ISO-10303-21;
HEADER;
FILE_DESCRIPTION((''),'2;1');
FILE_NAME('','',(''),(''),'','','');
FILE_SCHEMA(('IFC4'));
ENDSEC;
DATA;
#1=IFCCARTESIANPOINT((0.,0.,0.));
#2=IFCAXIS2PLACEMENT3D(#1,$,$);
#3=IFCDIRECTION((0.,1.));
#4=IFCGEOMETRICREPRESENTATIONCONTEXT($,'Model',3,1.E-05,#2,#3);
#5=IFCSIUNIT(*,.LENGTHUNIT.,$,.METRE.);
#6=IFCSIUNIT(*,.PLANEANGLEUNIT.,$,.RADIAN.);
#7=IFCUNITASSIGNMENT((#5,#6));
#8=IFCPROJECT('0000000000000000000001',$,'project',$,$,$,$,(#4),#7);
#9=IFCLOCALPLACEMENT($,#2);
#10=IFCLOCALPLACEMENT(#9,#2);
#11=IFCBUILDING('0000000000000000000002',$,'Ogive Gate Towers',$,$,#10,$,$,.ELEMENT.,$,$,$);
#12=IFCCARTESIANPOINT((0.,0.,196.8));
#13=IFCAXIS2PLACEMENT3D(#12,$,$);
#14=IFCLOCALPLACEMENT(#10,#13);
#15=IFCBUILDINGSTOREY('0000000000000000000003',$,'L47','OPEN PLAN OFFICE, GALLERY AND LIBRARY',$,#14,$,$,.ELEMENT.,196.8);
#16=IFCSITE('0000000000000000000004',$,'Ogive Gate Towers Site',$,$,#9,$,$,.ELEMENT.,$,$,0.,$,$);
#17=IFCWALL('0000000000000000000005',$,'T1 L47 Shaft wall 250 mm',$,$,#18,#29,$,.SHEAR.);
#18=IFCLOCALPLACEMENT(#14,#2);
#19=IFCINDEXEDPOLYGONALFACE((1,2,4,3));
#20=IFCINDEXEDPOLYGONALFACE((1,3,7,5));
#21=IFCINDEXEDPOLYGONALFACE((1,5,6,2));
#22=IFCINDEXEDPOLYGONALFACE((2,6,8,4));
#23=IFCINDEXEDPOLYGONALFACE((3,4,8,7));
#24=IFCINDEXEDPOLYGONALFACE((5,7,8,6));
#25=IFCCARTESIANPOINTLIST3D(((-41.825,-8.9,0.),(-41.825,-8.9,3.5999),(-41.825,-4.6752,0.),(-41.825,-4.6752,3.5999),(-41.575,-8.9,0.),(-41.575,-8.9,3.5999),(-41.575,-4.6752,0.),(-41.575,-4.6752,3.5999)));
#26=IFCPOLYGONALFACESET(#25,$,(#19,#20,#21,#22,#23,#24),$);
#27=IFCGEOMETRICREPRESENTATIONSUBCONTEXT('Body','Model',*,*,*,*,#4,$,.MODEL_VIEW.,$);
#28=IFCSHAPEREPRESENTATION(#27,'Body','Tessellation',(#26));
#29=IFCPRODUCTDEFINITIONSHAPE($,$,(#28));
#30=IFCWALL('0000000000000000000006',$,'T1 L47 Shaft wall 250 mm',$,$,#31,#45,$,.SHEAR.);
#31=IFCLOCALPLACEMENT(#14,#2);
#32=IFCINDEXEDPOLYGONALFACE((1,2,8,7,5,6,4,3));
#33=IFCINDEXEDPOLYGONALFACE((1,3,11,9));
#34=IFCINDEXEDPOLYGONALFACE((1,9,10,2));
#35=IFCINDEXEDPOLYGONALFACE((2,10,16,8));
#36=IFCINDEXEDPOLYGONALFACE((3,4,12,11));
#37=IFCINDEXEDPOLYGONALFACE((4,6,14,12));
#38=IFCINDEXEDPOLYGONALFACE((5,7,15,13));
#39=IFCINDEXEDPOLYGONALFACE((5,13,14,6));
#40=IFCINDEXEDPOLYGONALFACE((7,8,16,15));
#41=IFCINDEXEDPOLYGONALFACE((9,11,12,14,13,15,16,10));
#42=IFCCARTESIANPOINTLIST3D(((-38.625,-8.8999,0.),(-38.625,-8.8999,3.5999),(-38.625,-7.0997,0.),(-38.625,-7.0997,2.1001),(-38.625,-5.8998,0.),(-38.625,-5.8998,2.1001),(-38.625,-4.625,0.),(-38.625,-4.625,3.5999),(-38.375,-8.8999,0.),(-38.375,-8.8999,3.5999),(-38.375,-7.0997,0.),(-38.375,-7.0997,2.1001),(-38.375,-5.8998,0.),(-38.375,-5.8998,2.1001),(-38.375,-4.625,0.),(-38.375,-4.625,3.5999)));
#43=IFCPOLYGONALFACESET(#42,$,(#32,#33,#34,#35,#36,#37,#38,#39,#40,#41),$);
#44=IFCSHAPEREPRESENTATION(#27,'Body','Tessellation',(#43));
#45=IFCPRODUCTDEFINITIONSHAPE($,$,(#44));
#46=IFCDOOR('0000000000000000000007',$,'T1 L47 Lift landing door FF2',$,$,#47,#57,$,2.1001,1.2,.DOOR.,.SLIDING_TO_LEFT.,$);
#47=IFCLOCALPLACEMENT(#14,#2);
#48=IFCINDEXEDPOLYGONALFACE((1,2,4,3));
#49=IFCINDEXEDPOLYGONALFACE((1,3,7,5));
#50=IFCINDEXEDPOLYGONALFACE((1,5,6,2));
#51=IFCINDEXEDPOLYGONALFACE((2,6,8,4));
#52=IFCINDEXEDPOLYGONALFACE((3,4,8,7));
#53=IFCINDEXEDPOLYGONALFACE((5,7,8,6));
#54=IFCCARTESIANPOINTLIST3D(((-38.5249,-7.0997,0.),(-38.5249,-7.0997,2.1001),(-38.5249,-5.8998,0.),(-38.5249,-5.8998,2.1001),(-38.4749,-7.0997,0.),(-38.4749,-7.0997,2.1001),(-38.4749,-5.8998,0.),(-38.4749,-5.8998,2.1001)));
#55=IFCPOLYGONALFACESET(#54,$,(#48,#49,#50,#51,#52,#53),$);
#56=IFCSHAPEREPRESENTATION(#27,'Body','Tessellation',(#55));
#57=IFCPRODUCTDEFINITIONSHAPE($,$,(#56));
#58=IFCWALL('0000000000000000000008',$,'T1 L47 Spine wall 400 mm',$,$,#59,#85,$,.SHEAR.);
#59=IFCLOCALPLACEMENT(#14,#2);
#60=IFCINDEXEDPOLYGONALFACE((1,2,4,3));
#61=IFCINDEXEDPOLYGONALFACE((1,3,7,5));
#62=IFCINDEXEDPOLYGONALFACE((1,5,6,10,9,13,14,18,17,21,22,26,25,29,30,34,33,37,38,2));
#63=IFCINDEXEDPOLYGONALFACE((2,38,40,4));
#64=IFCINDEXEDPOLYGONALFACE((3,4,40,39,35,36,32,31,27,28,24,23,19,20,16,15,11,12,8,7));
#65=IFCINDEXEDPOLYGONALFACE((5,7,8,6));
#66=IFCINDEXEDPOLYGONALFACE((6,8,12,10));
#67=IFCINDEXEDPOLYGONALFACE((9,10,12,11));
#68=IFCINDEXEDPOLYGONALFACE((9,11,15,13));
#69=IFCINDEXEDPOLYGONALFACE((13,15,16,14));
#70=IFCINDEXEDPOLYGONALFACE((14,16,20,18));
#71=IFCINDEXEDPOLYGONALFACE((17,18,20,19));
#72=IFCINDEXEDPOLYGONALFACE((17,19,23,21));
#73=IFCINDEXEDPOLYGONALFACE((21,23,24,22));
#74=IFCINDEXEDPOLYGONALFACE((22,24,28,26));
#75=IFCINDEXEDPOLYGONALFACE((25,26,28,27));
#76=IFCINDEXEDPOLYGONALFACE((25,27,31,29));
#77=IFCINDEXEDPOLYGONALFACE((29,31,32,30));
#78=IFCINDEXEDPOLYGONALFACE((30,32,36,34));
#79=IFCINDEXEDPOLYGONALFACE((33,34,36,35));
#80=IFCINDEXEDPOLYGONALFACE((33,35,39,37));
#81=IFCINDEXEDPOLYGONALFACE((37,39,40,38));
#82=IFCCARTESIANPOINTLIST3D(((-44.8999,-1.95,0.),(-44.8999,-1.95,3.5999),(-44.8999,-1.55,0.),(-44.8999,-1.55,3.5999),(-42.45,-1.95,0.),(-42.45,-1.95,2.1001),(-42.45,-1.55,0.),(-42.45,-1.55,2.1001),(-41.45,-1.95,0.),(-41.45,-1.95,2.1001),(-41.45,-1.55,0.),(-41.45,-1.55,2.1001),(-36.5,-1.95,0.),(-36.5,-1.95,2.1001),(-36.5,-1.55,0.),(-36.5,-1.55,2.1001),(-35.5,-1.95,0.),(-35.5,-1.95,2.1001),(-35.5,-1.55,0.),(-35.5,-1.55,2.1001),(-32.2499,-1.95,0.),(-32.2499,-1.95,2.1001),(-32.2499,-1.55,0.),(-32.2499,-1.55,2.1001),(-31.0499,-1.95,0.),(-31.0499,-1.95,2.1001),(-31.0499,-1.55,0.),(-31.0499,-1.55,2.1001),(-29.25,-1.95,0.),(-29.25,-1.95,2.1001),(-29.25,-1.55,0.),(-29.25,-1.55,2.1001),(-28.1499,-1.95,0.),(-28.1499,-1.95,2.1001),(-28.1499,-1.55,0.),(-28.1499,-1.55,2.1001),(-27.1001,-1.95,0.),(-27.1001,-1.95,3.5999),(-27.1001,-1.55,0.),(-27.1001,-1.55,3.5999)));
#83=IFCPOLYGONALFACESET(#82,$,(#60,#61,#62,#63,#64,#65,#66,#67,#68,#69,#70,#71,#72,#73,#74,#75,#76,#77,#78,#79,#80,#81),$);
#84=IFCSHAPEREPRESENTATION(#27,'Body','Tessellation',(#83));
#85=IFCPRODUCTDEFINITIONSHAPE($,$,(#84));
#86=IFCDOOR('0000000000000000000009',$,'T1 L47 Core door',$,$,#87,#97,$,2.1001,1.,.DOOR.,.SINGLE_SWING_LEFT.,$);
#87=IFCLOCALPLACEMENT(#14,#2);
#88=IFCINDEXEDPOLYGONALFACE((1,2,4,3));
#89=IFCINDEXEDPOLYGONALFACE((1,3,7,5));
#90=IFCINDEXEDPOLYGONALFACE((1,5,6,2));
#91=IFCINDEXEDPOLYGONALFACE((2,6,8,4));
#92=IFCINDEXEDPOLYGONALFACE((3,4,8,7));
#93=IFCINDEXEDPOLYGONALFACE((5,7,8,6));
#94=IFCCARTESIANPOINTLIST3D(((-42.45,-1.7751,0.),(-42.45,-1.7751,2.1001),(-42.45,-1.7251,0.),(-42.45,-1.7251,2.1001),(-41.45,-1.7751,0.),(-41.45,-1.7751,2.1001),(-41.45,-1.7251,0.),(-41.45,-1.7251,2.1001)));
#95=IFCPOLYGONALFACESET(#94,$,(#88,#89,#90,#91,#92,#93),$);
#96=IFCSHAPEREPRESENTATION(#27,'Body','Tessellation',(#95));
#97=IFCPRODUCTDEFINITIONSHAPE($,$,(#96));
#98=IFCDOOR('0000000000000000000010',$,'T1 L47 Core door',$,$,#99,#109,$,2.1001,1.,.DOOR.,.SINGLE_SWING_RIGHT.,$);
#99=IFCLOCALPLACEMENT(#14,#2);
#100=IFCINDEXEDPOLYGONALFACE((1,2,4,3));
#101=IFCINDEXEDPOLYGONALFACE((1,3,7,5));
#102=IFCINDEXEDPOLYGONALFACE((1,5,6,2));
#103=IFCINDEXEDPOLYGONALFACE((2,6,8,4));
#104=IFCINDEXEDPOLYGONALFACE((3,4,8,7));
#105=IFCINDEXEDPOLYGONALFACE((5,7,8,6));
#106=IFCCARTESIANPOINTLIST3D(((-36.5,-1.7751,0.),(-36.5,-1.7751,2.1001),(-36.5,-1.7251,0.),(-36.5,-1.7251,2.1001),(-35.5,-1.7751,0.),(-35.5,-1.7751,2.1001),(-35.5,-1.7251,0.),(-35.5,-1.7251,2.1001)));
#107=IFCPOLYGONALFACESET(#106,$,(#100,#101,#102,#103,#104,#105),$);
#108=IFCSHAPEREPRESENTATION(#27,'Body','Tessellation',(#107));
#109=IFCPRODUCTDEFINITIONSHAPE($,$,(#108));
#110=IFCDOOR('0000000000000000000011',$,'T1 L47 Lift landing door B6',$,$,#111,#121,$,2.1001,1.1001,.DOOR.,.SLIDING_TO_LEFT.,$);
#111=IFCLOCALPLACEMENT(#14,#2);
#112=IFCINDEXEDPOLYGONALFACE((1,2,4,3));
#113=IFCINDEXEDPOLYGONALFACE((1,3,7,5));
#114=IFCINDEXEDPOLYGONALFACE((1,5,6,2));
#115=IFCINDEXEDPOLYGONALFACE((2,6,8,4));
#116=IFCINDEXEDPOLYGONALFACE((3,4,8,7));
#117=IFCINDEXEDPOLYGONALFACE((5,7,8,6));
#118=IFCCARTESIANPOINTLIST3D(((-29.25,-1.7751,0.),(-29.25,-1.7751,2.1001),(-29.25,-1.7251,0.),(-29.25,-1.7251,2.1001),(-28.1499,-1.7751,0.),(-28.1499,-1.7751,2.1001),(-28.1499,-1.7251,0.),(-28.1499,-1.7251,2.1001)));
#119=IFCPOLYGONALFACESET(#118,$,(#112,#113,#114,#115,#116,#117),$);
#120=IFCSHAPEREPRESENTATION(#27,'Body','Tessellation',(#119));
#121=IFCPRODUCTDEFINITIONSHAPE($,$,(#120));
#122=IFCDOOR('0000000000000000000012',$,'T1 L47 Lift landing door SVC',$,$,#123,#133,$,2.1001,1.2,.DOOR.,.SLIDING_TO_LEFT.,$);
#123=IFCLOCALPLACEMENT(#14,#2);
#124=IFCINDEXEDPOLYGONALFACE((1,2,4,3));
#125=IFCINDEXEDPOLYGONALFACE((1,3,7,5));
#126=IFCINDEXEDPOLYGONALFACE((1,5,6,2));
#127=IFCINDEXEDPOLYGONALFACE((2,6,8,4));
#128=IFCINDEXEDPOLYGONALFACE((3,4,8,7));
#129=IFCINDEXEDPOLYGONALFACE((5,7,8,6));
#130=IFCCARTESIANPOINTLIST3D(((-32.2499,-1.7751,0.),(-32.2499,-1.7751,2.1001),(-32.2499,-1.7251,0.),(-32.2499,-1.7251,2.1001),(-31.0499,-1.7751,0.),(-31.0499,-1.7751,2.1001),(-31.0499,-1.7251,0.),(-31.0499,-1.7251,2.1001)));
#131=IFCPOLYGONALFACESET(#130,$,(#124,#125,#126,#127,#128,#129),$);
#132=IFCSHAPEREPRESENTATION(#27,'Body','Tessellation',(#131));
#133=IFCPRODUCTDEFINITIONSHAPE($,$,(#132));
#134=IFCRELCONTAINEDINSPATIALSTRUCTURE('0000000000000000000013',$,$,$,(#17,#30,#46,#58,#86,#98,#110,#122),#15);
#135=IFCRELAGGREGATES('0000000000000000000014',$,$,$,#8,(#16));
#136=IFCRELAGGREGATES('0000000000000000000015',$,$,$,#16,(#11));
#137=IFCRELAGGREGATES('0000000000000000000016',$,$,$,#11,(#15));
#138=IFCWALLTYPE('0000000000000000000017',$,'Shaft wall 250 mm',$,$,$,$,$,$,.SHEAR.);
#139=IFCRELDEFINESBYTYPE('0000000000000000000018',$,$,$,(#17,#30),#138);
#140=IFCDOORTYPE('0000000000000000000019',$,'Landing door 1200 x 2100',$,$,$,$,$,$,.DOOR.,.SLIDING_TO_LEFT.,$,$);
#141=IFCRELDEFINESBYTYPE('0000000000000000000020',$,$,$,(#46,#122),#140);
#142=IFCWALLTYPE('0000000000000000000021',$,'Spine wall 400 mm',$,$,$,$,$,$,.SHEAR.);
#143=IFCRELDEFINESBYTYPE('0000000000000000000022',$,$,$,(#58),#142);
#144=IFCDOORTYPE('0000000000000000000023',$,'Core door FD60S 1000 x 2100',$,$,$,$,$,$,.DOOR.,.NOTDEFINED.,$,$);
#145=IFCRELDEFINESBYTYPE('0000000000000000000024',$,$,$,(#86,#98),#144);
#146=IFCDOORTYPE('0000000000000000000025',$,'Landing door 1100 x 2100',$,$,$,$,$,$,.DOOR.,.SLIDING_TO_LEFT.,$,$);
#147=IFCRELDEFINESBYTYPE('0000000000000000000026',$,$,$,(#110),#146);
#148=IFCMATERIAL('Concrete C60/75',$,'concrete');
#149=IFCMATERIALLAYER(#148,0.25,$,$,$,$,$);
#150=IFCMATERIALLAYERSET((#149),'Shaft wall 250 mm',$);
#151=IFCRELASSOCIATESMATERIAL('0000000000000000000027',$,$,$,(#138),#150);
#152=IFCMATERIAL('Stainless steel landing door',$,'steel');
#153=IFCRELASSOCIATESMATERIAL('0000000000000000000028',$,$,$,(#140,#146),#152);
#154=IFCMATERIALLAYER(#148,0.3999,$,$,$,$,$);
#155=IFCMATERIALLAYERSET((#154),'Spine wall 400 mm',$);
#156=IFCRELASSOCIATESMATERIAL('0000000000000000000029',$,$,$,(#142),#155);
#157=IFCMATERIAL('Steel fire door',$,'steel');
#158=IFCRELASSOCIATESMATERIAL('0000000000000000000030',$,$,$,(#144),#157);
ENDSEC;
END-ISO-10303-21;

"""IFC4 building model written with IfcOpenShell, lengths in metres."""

from ifc_helpers import new_model, si_unit, direction, frame, frame_2d, origin, place, context, subcontext, project, spatial, rectangle, extrude, material, layer, layer_set, type_object, element, fill, save


model = new_model("IFC4")

# Units and contexts
model_context = context("Model", 3, precision=1e-05, world=origin(), true_north=direction((0.0, 1.0)))
body_context = subcontext(model_context, "Body", "Model", "MODEL_VIEW")
ifc_project = project(units=[si_unit("LENGTHUNIT", "METRE"), si_unit("PLANEANGLEUNIT", "RADIAN")], contexts=[model_context])

# Site, building, storey
site_placement = place(None, origin())
site = spatial("IfcSite", under=ifc_project, at=site_placement, Name="Ogive Gate Towers Site", CompositionType="ELEMENT", RefElevation=0.0)
building_placement = place(site_placement, origin())
building = spatial("IfcBuilding", under=site, at=building_placement, Name="Ogive Gate Towers", CompositionType="ELEMENT")
storey_placement = place(building_placement, frame((0.0, 0.0, 196.8)))
storey = spatial("IfcBuildingStorey", under=building, at=storey_placement, Name="L47", Description="OPEN PLAN OFFICE, GALLERY AND LIBRARY", CompositionType="ELEMENT", Elevation=196.8)

# Wall
ifc_material_1 = material(Name="Concrete C60/75", Category="concrete")
ifc_layer_1 = layer(ifc_material_1, 0.25)
ifc_layer_set_1 = layer_set([ifc_layer_1], Name="Shaft wall 250 mm")
wall_type_1 = type_object("IfcWallType", Name="Shaft wall 250 mm", PredefinedType="SHEAR", material=ifc_layer_set_1)
wall_1_placement = place(storey_placement, frame((-41.7, -8.8999, 0.0), z_axis=(0.0, 0.0, 1.0), x_axis=(0.0, 1.0, 0.0)))
element("IfcWall", 1, at=wall_1_placement, inside=storey, type_object=wall_type_1, Name="T1 L47 Shaft wall 250 mm", PredefinedType="SHEAR", context=body_context, shape_type="SweptSolid", body=[
    extrude(rectangle(XDim=4.2249, YDim=0.25, at=frame_2d((2.1123, 0.0))), origin(), (0.0, 0.0, 1.0), 3.5999),
])

# Wall, opening, door
wall_2_placement = place(storey_placement, frame((-38.5, -8.8999, 0.0), z_axis=(0.0, 0.0, 1.0), x_axis=(0.0, 1.0, 0.0)))
wall_2 = element("IfcWall", 2, at=wall_2_placement, inside=storey, type_object=wall_type_1, Name="T1 L47 Shaft wall 250 mm", PredefinedType="SHEAR", context=body_context, shape_type="SweptSolid", body=[
    extrude(rectangle(XDim=4.2749, YDim=0.25, at=frame_2d((2.1375, 0.0))), origin(), (0.0, 0.0, 1.0), 3.5999),
])
opening_1_placement = place(wall_2_placement, frame((1.8, 0.0, 0.0)))
opening_1 = element("IfcOpeningElement", 3, at=opening_1_placement, cuts=wall_2, PredefinedType="OPENING", context=body_context, shape_type="SweptSolid", body=[
    extrude(rectangle(XDim=1.2, YDim=2.1001, at=frame_2d((0.6001, 1.05))), frame((0.0, 0.135, 0.0), z_axis=(0.0, -1.0, 0.0), x_axis=(1.0, 0.0, 0.0)), (0.0, 0.0, 1.0), 0.27),
])
ifc_material_2 = material(Name="Stainless steel landing door", Category="steel")
door_type_1 = type_object("IfcDoorType", Name="Landing door 1200 x 2100", OperationType="SLIDING_TO_LEFT", PredefinedType="DOOR", material=ifc_material_2)
door_1_placement = place(opening_1_placement, origin())
door_1 = element("IfcDoor", 4, at=door_1_placement, inside=storey, type_object=door_type_1, Name="T1 L47 Lift landing door FF2", OperationType="SLIDING_TO_LEFT", OverallHeight=2.1001, OverallWidth=1.2, PredefinedType="DOOR", context=body_context, shape_type="SweptSolid", body=[
    extrude(rectangle(XDim=1.2, YDim=2.1001, at=frame_2d((0.6001, 1.05))), frame((0.0, 0.0249, 0.0), z_axis=(0.0, -1.0, 0.0), x_axis=(1.0, 0.0, 0.0)), (0.0, 0.0, 1.0), 0.05),
])
fill(opening_1, door_1)

# Wall, openings, doors
ifc_layer_2 = layer(ifc_material_1, 0.3999)
ifc_layer_set_2 = layer_set([ifc_layer_2], Name="Spine wall 400 mm")
wall_type_2 = type_object("IfcWallType", Name="Spine wall 400 mm", PredefinedType="SHEAR", material=ifc_layer_set_2)
wall_3_placement = place(storey_placement, frame((-44.8999, -1.75, 0.0), z_axis=(0.0, 0.0, 1.0), x_axis=(1.0, 0.0, 0.0)))
wall_3 = element("IfcWall", 5, at=wall_3_placement, inside=storey, type_object=wall_type_2, Name="T1 L47 Spine wall 400 mm", PredefinedType="SHEAR", context=body_context, shape_type="SweptSolid", body=[
    extrude(rectangle(XDim=17.7998, YDim=0.3999, at=frame_2d((8.8999, 0.0))), origin(), (0.0, 0.0, 1.0), 3.5999),
])
opening_2_placement = place(wall_3_placement, frame((12.6499, 0.0, 0.0)))
opening_2 = element("IfcOpeningElement", 6, at=opening_2_placement, cuts=wall_3, PredefinedType="OPENING", context=body_context, shape_type="SweptSolid", body=[
    extrude(rectangle(XDim=1.2, YDim=2.1001, at=frame_2d((0.6001, 1.05))), frame((0.0, 0.21, 0.0), z_axis=(0.0, -1.0, 0.0), x_axis=(1.0, 0.0, 0.0)), (0.0, 0.0, 1.0), 0.4199),
])
opening_3_placement = place(wall_3_placement, frame((15.6499, 0.0, 0.0)))
opening_3 = element("IfcOpeningElement", 7, at=opening_3_placement, cuts=wall_3, PredefinedType="OPENING", context=body_context, shape_type="SweptSolid", body=[
    extrude(rectangle(XDim=1.1001, YDim=2.1001, at=frame_2d((0.55, 1.05))), frame((0.0, 0.21, 0.0), z_axis=(0.0, -1.0, 0.0), x_axis=(1.0, 0.0, 0.0)), (0.0, 0.0, 1.0), 0.4199),
])
opening_4_placement = place(wall_3_placement, frame((2.45, 0.0, 0.0)))
opening_4 = element("IfcOpeningElement", 8, at=opening_4_placement, cuts=wall_3, PredefinedType="OPENING", context=body_context, shape_type="SweptSolid", body=[
    extrude(rectangle(XDim=1.0, YDim=2.1001, at=frame_2d((0.5, 1.05))), frame((0.0, 0.21, 0.0), z_axis=(0.0, -1.0, 0.0), x_axis=(1.0, 0.0, 0.0)), (0.0, 0.0, 1.0), 0.4199),
])
opening_5_placement = place(wall_3_placement, frame((8.3999, 0.0, 0.0)))
opening_5 = element("IfcOpeningElement", 9, at=opening_5_placement, cuts=wall_3, PredefinedType="OPENING", context=body_context, shape_type="SweptSolid", body=[
    extrude(rectangle(XDim=1.0, YDim=2.1001, at=frame_2d((0.5, 1.05))), frame((0.0, 0.21, 0.0), z_axis=(0.0, -1.0, 0.0), x_axis=(1.0, 0.0, 0.0)), (0.0, 0.0, 1.0), 0.4199),
])
ifc_material_3 = material(Name="Steel fire door", Category="steel")
door_type_2 = type_object("IfcDoorType", Name="Core door FD60S 1000 x 2100", OperationType="NOTDEFINED", PredefinedType="DOOR", material=ifc_material_3)
door_2_placement = place(opening_4_placement, origin())
door_2 = element("IfcDoor", 10, at=door_2_placement, inside=storey, type_object=door_type_2, Name="T1 L47 Core door", OperationType="SINGLE_SWING_LEFT", OverallHeight=2.1001, OverallWidth=1.0, PredefinedType="DOOR", context=body_context, shape_type="SweptSolid", body=[
    extrude(rectangle(XDim=1.0, YDim=2.1001, at=frame_2d((0.5, 1.05))), frame((0.0, 0.0249, 0.0), z_axis=(0.0, -1.0, 0.0), x_axis=(1.0, 0.0, 0.0)), (0.0, 0.0, 1.0), 0.05),
])
fill(opening_4, door_2)
door_3_placement = place(opening_5_placement, origin())
door_3 = element("IfcDoor", 11, at=door_3_placement, inside=storey, type_object=door_type_2, Name="T1 L47 Core door", OperationType="SINGLE_SWING_RIGHT", OverallHeight=2.1001, OverallWidth=1.0, PredefinedType="DOOR", context=body_context, shape_type="SweptSolid", body=[
    extrude(rectangle(XDim=1.0, YDim=2.1001, at=frame_2d((0.5, 1.05))), frame((0.0, 0.0249, 0.0), z_axis=(0.0, -1.0, 0.0), x_axis=(1.0, 0.0, 0.0)), (0.0, 0.0, 1.0), 0.05),
])
fill(opening_5, door_3)
door_type_3 = type_object("IfcDoorType", Name="Landing door 1100 x 2100", OperationType="SLIDING_TO_LEFT", PredefinedType="DOOR", material=ifc_material_2)
door_4_placement = place(opening_3_placement, origin())
door_4 = element("IfcDoor", 12, at=door_4_placement, inside=storey, type_object=door_type_3, Name="T1 L47 Lift landing door B6", OperationType="SLIDING_TO_LEFT", OverallHeight=2.1001, OverallWidth=1.1001, PredefinedType="DOOR", context=body_context, shape_type="SweptSolid", body=[
    extrude(rectangle(XDim=1.1001, YDim=2.1001, at=frame_2d((0.55, 1.05))), frame((0.0, 0.0249, 0.0), z_axis=(0.0, -1.0, 0.0), x_axis=(1.0, 0.0, 0.0)), (0.0, 0.0, 1.0), 0.05),
])
fill(opening_3, door_4)
door_5_placement = place(opening_2_placement, origin())
door_5 = element("IfcDoor", 13, at=door_5_placement, inside=storey, type_object=door_type_1, Name="T1 L47 Lift landing door SVC", OperationType="SLIDING_TO_LEFT", OverallHeight=2.1001, OverallWidth=1.2, PredefinedType="DOOR", context=body_context, shape_type="SweptSolid", body=[
    extrude(rectangle(XDim=1.2, YDim=2.1001, at=frame_2d((0.6001, 1.05))), frame((0.0, 0.0249, 0.0), z_axis=(0.0, -1.0, 0.0), x_axis=(1.0, 0.0, 0.0)), (0.0, 0.0, 1.0), 0.05),
])
fill(opening_2, door_5)

save(model, "model.ifc")
